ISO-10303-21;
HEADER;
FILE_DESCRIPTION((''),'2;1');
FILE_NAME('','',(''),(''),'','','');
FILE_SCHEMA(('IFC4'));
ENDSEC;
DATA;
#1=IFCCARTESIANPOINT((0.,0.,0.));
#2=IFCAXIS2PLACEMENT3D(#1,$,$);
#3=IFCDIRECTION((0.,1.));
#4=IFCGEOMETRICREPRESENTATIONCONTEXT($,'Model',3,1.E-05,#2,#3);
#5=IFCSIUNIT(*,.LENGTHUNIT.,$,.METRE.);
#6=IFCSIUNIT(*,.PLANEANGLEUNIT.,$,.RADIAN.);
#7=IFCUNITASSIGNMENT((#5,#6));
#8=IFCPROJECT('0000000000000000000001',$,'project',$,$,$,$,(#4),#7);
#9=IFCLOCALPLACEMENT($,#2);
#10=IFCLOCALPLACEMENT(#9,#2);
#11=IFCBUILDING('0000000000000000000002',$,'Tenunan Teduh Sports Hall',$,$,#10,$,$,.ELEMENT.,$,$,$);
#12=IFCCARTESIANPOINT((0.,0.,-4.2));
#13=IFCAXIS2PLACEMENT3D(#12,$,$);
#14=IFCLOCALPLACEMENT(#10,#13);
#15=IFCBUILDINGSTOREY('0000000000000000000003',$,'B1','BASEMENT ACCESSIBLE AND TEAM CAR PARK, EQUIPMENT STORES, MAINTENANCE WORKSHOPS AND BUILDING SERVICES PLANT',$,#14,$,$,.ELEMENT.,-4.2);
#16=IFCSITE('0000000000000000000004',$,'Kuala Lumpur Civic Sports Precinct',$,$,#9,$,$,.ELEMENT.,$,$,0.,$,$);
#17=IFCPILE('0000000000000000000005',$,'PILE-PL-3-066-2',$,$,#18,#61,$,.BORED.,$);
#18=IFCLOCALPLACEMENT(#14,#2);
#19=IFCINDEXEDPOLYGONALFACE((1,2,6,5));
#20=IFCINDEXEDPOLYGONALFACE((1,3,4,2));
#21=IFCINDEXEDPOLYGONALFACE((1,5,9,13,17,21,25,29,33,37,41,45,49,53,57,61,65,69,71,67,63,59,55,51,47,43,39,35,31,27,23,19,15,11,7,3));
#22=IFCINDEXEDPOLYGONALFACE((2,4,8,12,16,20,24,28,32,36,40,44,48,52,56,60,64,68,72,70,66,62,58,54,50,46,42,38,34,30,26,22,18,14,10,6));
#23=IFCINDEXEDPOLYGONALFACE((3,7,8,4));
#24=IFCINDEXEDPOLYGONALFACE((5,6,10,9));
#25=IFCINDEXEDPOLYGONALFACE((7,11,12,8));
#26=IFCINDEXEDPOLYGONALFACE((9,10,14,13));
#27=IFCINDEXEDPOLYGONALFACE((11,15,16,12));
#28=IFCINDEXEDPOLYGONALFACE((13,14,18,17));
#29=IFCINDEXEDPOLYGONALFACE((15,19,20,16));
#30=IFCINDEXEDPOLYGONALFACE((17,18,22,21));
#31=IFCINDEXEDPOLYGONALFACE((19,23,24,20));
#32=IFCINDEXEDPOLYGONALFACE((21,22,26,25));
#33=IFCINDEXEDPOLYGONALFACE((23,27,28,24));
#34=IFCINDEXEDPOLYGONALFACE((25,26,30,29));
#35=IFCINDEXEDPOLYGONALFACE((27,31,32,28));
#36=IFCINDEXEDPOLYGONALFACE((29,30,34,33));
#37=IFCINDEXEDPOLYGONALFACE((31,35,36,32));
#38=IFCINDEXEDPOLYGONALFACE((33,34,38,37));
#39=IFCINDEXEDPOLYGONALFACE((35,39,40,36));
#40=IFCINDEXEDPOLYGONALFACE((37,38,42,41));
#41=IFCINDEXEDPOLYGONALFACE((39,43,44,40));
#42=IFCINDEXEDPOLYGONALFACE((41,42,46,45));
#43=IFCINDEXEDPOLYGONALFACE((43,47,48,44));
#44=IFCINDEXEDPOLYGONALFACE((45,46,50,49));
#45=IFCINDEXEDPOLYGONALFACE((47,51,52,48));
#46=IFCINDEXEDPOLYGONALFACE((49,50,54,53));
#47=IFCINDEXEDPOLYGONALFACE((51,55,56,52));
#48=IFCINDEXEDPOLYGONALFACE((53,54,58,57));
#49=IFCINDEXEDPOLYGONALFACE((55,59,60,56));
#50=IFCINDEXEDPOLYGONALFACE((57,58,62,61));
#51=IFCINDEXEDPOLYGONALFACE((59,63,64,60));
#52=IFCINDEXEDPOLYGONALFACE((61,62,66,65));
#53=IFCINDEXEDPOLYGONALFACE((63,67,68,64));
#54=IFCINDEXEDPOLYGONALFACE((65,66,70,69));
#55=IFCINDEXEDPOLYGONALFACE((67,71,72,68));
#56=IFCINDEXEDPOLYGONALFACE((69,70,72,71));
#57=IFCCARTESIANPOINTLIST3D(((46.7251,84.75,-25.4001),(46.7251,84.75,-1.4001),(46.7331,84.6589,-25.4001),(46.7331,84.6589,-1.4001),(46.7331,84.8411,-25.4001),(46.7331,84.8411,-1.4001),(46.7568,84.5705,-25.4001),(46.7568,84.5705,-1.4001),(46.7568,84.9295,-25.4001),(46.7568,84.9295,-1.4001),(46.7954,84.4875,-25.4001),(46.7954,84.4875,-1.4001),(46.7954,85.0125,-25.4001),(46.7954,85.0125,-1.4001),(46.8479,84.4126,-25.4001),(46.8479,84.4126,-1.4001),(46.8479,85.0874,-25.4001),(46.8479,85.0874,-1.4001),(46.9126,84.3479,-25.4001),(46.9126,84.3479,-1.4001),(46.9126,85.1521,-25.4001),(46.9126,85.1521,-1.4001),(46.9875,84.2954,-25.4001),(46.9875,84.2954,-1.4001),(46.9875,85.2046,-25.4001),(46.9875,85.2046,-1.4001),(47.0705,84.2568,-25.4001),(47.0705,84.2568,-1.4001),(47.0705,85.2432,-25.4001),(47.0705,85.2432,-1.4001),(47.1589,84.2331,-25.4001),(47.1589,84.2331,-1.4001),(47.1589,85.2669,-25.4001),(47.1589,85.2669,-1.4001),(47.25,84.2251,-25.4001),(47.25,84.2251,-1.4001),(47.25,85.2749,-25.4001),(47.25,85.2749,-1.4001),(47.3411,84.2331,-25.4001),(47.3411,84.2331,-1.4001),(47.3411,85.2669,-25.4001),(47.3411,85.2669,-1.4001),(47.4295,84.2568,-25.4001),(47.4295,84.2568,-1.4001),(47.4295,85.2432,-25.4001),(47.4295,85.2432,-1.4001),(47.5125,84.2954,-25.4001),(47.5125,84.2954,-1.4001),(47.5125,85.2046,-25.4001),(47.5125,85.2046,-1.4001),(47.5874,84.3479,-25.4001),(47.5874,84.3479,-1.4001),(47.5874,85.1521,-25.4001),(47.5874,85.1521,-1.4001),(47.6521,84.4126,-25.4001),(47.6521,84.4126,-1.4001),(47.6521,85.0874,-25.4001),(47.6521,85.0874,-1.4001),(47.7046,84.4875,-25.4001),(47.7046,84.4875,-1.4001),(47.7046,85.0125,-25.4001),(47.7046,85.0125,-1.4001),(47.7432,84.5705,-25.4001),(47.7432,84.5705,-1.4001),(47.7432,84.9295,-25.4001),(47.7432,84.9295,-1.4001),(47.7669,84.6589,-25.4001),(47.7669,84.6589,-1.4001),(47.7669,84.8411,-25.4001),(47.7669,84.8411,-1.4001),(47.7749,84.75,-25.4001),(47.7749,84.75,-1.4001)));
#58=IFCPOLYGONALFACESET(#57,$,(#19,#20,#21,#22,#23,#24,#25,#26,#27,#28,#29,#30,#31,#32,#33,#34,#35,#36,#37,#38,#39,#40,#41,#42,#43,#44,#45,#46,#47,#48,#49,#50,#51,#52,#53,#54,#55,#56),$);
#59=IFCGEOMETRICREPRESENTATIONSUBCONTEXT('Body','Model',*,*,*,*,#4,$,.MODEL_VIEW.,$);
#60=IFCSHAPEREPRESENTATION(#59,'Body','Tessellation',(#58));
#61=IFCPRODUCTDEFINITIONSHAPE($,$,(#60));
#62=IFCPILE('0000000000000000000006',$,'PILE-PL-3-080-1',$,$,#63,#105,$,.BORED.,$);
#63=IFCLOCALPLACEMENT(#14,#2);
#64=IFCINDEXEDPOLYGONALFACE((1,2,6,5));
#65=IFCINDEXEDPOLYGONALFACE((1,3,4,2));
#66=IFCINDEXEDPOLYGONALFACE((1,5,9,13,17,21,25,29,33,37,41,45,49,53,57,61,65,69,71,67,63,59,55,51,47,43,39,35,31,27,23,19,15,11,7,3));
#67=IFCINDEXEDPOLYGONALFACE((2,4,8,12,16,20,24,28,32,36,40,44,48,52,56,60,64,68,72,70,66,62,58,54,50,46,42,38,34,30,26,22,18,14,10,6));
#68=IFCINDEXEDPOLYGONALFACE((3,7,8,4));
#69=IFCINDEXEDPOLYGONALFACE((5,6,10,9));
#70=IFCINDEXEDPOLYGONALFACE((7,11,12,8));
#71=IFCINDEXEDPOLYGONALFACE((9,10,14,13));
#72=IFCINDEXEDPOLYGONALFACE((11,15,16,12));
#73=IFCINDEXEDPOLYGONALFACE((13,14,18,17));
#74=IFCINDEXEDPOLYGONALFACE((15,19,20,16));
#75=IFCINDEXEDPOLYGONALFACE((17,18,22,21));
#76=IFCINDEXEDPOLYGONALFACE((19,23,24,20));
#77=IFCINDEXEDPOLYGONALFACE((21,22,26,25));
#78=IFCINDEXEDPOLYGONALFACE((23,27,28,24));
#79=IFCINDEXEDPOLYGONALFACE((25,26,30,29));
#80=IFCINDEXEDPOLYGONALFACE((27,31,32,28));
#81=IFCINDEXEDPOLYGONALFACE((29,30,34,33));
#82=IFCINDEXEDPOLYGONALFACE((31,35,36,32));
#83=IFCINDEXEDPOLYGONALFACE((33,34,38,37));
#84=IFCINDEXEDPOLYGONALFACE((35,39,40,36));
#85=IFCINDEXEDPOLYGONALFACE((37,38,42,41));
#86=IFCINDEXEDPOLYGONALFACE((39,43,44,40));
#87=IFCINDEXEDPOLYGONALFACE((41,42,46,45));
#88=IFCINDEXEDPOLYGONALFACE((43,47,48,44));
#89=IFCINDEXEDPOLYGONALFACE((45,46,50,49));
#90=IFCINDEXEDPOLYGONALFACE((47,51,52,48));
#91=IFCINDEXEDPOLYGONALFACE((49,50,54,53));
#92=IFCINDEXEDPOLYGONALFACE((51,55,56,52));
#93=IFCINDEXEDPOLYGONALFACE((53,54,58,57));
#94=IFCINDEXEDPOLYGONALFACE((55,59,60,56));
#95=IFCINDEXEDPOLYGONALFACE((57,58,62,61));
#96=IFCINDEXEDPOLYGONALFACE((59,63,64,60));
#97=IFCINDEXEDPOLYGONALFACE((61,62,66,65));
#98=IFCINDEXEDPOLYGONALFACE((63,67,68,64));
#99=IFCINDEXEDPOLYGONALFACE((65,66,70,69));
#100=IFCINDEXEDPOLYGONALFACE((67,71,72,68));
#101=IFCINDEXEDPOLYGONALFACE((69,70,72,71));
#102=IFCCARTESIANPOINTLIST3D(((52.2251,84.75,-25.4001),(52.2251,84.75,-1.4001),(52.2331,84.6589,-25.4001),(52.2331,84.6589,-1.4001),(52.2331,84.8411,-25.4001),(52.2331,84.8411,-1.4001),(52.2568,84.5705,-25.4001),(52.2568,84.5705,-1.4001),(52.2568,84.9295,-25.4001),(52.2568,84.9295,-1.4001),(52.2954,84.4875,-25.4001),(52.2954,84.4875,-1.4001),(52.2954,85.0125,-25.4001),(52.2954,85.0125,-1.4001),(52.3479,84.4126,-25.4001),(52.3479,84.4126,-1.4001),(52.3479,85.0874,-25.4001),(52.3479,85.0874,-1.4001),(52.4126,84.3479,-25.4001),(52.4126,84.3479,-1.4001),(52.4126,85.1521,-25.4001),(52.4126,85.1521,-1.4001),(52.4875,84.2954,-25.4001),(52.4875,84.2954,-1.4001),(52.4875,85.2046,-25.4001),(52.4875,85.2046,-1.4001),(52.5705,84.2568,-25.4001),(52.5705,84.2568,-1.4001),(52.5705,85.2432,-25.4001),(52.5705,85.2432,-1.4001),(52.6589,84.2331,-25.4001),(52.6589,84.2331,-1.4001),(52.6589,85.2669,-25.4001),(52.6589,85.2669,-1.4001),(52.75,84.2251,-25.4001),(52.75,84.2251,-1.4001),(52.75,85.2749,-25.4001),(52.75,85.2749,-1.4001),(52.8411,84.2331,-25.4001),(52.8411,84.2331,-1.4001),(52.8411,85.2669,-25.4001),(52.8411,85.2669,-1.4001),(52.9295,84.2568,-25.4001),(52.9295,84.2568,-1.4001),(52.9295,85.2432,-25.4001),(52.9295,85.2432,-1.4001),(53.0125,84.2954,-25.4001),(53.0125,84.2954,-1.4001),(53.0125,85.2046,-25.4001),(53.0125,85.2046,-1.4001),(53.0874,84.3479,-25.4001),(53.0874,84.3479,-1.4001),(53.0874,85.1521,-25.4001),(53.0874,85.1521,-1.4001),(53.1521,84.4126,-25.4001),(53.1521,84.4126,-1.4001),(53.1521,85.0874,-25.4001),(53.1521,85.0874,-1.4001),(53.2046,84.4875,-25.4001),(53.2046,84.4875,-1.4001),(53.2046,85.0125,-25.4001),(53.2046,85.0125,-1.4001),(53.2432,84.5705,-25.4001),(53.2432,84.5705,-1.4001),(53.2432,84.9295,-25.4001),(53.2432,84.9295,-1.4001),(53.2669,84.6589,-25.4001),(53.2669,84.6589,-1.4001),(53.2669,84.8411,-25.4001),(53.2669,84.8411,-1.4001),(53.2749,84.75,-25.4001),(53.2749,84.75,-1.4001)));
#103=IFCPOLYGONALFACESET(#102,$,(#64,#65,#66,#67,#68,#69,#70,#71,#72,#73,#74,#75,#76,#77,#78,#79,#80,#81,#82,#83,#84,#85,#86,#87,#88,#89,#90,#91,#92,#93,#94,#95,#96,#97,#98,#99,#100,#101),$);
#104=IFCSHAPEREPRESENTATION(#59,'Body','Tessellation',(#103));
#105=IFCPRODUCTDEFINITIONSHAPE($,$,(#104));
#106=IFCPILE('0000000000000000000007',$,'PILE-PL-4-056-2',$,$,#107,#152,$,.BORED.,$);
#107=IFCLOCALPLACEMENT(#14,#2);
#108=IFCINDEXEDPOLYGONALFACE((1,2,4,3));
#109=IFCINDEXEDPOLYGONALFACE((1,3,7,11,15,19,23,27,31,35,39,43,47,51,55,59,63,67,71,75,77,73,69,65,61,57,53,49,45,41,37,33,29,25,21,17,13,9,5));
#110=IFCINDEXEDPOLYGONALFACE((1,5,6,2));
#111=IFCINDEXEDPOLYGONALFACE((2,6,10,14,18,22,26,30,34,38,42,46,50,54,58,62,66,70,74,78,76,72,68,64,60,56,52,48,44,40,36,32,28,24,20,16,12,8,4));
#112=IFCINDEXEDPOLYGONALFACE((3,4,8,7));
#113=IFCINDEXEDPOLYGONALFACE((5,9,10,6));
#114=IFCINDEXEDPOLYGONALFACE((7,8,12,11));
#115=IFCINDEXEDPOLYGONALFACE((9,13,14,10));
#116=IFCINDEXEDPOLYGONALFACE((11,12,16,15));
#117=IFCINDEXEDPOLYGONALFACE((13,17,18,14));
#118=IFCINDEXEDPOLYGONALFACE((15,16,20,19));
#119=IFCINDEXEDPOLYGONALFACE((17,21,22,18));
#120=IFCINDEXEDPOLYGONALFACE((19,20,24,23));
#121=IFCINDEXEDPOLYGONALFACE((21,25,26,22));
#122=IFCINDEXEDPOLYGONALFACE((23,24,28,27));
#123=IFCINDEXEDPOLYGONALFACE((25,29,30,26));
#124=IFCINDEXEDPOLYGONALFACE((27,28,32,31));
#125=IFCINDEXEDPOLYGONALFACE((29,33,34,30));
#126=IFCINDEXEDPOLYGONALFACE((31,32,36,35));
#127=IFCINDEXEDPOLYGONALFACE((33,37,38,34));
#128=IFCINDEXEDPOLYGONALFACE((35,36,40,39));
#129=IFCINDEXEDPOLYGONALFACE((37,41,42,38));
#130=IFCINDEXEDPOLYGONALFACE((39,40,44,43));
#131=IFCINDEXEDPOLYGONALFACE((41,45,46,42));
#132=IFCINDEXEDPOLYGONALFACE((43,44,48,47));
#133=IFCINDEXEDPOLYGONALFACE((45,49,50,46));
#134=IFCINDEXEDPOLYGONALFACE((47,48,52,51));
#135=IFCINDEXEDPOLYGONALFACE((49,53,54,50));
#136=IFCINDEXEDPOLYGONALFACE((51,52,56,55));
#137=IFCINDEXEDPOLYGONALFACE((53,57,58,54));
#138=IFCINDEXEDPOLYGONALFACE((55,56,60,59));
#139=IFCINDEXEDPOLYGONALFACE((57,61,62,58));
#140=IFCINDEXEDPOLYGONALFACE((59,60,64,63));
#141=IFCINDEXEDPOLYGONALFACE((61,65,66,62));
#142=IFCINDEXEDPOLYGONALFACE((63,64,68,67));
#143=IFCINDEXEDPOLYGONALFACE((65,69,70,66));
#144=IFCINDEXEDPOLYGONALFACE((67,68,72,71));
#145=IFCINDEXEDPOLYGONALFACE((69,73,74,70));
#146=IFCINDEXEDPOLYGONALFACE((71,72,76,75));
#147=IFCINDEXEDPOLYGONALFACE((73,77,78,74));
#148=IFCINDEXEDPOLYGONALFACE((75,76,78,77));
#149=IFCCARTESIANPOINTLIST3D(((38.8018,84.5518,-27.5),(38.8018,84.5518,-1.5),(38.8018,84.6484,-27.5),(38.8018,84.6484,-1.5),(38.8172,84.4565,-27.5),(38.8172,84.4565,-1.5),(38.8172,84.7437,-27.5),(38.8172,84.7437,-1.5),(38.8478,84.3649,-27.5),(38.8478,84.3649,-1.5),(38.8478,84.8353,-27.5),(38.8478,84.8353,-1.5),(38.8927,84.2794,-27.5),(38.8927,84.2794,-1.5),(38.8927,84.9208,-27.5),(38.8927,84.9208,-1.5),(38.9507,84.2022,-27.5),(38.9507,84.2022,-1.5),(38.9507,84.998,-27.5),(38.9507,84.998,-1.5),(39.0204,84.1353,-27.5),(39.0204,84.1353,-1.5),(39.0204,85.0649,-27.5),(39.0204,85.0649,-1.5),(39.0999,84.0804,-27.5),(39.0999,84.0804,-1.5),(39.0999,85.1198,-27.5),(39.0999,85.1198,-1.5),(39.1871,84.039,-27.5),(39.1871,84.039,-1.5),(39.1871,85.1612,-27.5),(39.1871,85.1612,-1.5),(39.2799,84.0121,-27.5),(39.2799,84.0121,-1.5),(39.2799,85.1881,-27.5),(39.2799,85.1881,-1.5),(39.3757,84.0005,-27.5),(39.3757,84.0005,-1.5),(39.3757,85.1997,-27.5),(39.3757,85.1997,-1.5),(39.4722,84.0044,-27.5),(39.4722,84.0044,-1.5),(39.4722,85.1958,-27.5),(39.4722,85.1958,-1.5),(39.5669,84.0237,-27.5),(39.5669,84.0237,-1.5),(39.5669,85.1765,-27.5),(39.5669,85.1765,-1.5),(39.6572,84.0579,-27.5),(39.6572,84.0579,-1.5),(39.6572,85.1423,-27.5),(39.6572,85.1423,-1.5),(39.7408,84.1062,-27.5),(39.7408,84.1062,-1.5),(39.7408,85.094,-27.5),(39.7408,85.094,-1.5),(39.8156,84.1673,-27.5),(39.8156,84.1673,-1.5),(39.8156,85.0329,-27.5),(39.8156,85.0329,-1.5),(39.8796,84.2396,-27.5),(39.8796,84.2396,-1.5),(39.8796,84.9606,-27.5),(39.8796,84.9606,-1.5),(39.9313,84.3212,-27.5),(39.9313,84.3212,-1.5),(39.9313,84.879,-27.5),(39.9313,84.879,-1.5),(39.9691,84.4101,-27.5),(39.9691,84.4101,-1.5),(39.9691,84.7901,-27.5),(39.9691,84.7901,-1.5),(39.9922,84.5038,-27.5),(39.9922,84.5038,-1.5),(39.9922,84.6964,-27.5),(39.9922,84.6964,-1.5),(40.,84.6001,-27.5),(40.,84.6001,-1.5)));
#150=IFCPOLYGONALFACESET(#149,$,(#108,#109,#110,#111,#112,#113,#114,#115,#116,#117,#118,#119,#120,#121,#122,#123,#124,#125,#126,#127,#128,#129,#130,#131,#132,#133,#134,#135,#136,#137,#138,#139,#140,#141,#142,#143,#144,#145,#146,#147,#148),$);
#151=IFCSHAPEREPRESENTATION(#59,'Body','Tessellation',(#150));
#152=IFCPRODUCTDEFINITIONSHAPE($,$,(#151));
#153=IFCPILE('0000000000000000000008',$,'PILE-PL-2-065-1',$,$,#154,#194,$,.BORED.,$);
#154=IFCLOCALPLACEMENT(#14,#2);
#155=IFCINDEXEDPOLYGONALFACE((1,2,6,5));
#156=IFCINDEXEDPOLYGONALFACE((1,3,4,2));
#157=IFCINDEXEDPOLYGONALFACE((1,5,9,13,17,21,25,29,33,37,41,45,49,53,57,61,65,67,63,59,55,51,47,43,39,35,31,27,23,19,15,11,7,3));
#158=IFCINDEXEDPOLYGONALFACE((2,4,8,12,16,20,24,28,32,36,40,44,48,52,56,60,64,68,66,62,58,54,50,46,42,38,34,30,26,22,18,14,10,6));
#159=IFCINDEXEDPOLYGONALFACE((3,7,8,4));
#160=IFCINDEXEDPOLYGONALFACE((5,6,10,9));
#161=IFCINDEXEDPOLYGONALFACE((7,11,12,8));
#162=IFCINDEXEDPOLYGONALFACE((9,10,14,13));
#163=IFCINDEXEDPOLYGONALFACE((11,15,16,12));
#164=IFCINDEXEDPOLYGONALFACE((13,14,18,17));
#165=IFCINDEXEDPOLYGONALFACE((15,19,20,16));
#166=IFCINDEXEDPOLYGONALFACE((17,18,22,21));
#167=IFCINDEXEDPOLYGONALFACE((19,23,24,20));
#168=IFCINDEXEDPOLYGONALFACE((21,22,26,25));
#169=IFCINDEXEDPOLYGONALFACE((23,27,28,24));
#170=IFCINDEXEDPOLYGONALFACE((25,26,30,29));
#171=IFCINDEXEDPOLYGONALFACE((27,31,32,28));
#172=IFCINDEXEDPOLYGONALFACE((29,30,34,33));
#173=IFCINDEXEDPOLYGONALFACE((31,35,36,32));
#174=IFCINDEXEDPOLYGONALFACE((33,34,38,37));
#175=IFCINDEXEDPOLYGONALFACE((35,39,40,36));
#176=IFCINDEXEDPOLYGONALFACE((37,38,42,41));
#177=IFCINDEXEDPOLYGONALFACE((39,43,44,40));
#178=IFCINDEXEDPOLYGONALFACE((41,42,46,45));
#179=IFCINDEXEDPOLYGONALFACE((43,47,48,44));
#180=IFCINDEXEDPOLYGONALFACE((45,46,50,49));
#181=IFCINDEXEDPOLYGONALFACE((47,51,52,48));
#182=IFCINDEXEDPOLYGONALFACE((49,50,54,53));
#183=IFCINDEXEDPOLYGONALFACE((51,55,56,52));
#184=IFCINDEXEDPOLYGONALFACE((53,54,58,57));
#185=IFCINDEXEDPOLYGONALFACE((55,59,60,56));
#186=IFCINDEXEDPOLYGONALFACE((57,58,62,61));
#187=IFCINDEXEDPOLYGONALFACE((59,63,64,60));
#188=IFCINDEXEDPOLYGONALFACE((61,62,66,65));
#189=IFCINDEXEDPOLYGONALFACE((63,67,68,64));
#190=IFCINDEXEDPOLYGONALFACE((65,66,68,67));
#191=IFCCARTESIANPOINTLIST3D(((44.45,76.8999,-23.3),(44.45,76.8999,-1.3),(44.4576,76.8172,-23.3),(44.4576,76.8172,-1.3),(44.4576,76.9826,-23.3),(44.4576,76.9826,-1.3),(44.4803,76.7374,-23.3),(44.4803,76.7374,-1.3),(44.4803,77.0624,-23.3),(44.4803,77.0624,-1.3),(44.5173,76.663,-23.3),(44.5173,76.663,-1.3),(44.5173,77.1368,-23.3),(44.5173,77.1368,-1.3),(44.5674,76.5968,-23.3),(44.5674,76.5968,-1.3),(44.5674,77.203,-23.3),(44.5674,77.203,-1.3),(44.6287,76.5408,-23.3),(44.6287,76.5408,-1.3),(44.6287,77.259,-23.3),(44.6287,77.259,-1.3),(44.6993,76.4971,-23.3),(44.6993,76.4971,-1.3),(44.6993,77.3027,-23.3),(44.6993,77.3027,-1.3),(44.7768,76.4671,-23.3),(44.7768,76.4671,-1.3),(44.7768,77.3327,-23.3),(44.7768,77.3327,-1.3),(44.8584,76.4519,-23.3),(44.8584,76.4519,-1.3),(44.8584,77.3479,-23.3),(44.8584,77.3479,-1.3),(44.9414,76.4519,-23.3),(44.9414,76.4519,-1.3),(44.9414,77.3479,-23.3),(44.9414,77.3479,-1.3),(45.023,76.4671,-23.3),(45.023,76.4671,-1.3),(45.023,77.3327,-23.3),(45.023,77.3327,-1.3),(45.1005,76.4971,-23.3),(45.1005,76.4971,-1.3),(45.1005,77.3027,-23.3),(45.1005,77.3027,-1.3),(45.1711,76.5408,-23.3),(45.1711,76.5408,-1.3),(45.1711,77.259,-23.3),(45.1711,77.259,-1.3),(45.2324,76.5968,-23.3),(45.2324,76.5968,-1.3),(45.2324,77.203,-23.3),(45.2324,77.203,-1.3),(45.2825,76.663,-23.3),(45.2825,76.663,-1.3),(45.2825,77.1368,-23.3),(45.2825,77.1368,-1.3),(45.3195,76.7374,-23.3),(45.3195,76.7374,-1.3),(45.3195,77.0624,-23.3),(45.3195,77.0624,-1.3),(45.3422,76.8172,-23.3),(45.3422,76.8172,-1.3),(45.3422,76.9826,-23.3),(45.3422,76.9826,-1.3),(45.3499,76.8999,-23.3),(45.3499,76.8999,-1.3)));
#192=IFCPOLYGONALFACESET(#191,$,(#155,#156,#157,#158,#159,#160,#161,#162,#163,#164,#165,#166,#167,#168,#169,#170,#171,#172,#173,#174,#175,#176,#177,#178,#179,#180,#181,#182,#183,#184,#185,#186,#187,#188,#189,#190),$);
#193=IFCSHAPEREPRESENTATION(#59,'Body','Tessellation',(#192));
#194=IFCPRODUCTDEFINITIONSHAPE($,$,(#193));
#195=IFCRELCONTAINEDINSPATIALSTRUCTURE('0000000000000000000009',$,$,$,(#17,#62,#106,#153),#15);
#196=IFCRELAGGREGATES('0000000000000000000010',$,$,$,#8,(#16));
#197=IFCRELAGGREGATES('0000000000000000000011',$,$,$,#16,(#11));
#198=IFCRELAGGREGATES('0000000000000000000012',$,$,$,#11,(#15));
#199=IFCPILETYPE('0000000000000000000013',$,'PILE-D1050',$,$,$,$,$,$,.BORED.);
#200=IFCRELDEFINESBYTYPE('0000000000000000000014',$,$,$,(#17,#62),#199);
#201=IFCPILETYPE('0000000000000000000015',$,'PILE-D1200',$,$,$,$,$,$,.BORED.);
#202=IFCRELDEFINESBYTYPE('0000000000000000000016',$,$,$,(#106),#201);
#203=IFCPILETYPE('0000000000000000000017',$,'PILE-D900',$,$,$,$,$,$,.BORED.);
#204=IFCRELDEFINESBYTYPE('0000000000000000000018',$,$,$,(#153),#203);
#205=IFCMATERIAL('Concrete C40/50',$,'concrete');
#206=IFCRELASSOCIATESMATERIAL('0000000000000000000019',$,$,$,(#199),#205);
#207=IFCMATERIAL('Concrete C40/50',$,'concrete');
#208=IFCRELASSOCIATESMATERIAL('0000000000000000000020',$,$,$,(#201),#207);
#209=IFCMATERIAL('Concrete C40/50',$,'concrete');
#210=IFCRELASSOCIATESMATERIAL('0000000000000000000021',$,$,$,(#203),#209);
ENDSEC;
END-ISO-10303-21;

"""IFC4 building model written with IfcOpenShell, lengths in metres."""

from ifc_helpers import new_model, si_unit, direction, frame, origin, origin_2d, place, context, subcontext, project, spatial, circle, extrude, material, material_profile, profile_set, type_object, element, save


model = new_model("IFC4")

# Units and contexts
model_context = context("Model", 3, precision=1e-05, world=origin(), true_north=direction((0.0, 1.0)))
body_context = subcontext(model_context, "Body", "Model", "MODEL_VIEW")
ifc_project = project(units=[si_unit("LENGTHUNIT", "METRE"), si_unit("PLANEANGLEUNIT", "RADIAN")], contexts=[model_context])

# Site, building, storey
site_placement = place(None, origin())
site = spatial("IfcSite", under=ifc_project, at=site_placement, Name="Kuala Lumpur Civic Sports Precinct", CompositionType="ELEMENT", RefElevation=0.0)
building_placement = place(site_placement, origin())
building = spatial("IfcBuilding", under=site, at=building_placement, Name="Tenunan Teduh Sports Hall", CompositionType="ELEMENT")
storey_placement = place(building_placement, frame((0.0, 0.0, -4.2)))
storey = spatial("IfcBuildingStorey", under=building, at=storey_placement, Name="B1", Description="BASEMENT ACCESSIBLE AND TEAM CAR PARK, EQUIPMENT STORES, MAINTENANCE WORKSHOPS AND BUILDING SERVICES PLANT", CompositionType="ELEMENT", Elevation=-4.2)

# Piles
ifc_material_1 = material(Name="Concrete C40/50", Category="concrete")
ifc_material_profile_1 = material_profile(ifc_material_1, circle(Radius=0.5249, at=origin_2d()), Name="PILE D1050")
ifc_profile_set_1 = profile_set([ifc_material_profile_1], Name="Concrete C40/50")
pile_type_1 = type_object("IfcPileType", Name="PILE-D1050", PredefinedType="BORED", material=ifc_profile_set_1)
for number, where, z_axis, x_axis, name in (
    (1, (47.25, 84.75, -1.4001), (0.0, 0.0, -1.0), (1.0, 0.0, 0.0), "PILE-PL-3-066-2"),
    (2, (52.75, 84.75, -1.4001), (0.0, 0.0, -1.0), (1.0, 0.0, 0.0), "PILE-PL-3-080-1"),
):
    element("IfcPile", number, at=place(storey_placement, frame(where, z_axis=z_axis, x_axis=x_axis)), inside=storey, type_object=pile_type_1, Name=name, PredefinedType="BORED", context=body_context, shape_type="SweptSolid", body=[
        extrude(circle(Radius=0.5249, at=origin_2d()), origin(), (0.0, 0.0, 1.0), 24.0),
    ])
ifc_material_2 = material(Name="Concrete C40/50", Category="concrete")
ifc_material_profile_2 = material_profile(ifc_material_2, circle(Radius=0.6001, at=origin_2d()), Name="PILE D1200")
ifc_profile_set_2 = profile_set([ifc_material_profile_2], Name="Concrete C40/50")
pile_type_2 = type_object("IfcPileType", Name="PILE-D1200", PredefinedType="BORED", material=ifc_profile_set_2)
pile_placement = place(storey_placement, frame((39.3999, 84.6001, -1.5), z_axis=(0.0, 0.0, -1.0), x_axis=(1.0, 0.0, 0.0)))
element("IfcPile", 3, at=pile_placement, inside=storey, type_object=pile_type_2, Name="PILE-PL-4-056-2", PredefinedType="BORED", context=body_context, shape_type="SweptSolid", body=[
    extrude(circle(Radius=0.6001, at=origin_2d()), origin(), (0.0, 0.0, 1.0), 26.0),
])
ifc_material_3 = material(Name="Concrete C40/50", Category="concrete")
ifc_material_profile_3 = material_profile(ifc_material_3, circle(Radius=0.45, at=origin_2d()), Name="PILE D900")
ifc_profile_set_3 = profile_set([ifc_material_profile_3], Name="Concrete C40/50")
pile_type_3 = type_object("IfcPileType", Name="PILE-D900", PredefinedType="BORED", material=ifc_profile_set_3)
for number, where, z_axis, x_axis, name in (
    (4, (44.8999, 76.8999, -1.3), (0.0, 0.0, -1.0), (1.0, 0.0, 0.0), "PILE-PL-2-065-1"),
):
    element("IfcPile", number, at=place(storey_placement, frame(where, z_axis=z_axis, x_axis=x_axis)), inside=storey, type_object=pile_type_3, Name=name, PredefinedType="BORED", context=body_context, shape_type="SweptSolid", body=[
        extrude(circle(Radius=0.45, at=origin_2d()), origin(), (0.0, 0.0, 1.0), 22.0),
    ])

save(model, "model.ifc")
